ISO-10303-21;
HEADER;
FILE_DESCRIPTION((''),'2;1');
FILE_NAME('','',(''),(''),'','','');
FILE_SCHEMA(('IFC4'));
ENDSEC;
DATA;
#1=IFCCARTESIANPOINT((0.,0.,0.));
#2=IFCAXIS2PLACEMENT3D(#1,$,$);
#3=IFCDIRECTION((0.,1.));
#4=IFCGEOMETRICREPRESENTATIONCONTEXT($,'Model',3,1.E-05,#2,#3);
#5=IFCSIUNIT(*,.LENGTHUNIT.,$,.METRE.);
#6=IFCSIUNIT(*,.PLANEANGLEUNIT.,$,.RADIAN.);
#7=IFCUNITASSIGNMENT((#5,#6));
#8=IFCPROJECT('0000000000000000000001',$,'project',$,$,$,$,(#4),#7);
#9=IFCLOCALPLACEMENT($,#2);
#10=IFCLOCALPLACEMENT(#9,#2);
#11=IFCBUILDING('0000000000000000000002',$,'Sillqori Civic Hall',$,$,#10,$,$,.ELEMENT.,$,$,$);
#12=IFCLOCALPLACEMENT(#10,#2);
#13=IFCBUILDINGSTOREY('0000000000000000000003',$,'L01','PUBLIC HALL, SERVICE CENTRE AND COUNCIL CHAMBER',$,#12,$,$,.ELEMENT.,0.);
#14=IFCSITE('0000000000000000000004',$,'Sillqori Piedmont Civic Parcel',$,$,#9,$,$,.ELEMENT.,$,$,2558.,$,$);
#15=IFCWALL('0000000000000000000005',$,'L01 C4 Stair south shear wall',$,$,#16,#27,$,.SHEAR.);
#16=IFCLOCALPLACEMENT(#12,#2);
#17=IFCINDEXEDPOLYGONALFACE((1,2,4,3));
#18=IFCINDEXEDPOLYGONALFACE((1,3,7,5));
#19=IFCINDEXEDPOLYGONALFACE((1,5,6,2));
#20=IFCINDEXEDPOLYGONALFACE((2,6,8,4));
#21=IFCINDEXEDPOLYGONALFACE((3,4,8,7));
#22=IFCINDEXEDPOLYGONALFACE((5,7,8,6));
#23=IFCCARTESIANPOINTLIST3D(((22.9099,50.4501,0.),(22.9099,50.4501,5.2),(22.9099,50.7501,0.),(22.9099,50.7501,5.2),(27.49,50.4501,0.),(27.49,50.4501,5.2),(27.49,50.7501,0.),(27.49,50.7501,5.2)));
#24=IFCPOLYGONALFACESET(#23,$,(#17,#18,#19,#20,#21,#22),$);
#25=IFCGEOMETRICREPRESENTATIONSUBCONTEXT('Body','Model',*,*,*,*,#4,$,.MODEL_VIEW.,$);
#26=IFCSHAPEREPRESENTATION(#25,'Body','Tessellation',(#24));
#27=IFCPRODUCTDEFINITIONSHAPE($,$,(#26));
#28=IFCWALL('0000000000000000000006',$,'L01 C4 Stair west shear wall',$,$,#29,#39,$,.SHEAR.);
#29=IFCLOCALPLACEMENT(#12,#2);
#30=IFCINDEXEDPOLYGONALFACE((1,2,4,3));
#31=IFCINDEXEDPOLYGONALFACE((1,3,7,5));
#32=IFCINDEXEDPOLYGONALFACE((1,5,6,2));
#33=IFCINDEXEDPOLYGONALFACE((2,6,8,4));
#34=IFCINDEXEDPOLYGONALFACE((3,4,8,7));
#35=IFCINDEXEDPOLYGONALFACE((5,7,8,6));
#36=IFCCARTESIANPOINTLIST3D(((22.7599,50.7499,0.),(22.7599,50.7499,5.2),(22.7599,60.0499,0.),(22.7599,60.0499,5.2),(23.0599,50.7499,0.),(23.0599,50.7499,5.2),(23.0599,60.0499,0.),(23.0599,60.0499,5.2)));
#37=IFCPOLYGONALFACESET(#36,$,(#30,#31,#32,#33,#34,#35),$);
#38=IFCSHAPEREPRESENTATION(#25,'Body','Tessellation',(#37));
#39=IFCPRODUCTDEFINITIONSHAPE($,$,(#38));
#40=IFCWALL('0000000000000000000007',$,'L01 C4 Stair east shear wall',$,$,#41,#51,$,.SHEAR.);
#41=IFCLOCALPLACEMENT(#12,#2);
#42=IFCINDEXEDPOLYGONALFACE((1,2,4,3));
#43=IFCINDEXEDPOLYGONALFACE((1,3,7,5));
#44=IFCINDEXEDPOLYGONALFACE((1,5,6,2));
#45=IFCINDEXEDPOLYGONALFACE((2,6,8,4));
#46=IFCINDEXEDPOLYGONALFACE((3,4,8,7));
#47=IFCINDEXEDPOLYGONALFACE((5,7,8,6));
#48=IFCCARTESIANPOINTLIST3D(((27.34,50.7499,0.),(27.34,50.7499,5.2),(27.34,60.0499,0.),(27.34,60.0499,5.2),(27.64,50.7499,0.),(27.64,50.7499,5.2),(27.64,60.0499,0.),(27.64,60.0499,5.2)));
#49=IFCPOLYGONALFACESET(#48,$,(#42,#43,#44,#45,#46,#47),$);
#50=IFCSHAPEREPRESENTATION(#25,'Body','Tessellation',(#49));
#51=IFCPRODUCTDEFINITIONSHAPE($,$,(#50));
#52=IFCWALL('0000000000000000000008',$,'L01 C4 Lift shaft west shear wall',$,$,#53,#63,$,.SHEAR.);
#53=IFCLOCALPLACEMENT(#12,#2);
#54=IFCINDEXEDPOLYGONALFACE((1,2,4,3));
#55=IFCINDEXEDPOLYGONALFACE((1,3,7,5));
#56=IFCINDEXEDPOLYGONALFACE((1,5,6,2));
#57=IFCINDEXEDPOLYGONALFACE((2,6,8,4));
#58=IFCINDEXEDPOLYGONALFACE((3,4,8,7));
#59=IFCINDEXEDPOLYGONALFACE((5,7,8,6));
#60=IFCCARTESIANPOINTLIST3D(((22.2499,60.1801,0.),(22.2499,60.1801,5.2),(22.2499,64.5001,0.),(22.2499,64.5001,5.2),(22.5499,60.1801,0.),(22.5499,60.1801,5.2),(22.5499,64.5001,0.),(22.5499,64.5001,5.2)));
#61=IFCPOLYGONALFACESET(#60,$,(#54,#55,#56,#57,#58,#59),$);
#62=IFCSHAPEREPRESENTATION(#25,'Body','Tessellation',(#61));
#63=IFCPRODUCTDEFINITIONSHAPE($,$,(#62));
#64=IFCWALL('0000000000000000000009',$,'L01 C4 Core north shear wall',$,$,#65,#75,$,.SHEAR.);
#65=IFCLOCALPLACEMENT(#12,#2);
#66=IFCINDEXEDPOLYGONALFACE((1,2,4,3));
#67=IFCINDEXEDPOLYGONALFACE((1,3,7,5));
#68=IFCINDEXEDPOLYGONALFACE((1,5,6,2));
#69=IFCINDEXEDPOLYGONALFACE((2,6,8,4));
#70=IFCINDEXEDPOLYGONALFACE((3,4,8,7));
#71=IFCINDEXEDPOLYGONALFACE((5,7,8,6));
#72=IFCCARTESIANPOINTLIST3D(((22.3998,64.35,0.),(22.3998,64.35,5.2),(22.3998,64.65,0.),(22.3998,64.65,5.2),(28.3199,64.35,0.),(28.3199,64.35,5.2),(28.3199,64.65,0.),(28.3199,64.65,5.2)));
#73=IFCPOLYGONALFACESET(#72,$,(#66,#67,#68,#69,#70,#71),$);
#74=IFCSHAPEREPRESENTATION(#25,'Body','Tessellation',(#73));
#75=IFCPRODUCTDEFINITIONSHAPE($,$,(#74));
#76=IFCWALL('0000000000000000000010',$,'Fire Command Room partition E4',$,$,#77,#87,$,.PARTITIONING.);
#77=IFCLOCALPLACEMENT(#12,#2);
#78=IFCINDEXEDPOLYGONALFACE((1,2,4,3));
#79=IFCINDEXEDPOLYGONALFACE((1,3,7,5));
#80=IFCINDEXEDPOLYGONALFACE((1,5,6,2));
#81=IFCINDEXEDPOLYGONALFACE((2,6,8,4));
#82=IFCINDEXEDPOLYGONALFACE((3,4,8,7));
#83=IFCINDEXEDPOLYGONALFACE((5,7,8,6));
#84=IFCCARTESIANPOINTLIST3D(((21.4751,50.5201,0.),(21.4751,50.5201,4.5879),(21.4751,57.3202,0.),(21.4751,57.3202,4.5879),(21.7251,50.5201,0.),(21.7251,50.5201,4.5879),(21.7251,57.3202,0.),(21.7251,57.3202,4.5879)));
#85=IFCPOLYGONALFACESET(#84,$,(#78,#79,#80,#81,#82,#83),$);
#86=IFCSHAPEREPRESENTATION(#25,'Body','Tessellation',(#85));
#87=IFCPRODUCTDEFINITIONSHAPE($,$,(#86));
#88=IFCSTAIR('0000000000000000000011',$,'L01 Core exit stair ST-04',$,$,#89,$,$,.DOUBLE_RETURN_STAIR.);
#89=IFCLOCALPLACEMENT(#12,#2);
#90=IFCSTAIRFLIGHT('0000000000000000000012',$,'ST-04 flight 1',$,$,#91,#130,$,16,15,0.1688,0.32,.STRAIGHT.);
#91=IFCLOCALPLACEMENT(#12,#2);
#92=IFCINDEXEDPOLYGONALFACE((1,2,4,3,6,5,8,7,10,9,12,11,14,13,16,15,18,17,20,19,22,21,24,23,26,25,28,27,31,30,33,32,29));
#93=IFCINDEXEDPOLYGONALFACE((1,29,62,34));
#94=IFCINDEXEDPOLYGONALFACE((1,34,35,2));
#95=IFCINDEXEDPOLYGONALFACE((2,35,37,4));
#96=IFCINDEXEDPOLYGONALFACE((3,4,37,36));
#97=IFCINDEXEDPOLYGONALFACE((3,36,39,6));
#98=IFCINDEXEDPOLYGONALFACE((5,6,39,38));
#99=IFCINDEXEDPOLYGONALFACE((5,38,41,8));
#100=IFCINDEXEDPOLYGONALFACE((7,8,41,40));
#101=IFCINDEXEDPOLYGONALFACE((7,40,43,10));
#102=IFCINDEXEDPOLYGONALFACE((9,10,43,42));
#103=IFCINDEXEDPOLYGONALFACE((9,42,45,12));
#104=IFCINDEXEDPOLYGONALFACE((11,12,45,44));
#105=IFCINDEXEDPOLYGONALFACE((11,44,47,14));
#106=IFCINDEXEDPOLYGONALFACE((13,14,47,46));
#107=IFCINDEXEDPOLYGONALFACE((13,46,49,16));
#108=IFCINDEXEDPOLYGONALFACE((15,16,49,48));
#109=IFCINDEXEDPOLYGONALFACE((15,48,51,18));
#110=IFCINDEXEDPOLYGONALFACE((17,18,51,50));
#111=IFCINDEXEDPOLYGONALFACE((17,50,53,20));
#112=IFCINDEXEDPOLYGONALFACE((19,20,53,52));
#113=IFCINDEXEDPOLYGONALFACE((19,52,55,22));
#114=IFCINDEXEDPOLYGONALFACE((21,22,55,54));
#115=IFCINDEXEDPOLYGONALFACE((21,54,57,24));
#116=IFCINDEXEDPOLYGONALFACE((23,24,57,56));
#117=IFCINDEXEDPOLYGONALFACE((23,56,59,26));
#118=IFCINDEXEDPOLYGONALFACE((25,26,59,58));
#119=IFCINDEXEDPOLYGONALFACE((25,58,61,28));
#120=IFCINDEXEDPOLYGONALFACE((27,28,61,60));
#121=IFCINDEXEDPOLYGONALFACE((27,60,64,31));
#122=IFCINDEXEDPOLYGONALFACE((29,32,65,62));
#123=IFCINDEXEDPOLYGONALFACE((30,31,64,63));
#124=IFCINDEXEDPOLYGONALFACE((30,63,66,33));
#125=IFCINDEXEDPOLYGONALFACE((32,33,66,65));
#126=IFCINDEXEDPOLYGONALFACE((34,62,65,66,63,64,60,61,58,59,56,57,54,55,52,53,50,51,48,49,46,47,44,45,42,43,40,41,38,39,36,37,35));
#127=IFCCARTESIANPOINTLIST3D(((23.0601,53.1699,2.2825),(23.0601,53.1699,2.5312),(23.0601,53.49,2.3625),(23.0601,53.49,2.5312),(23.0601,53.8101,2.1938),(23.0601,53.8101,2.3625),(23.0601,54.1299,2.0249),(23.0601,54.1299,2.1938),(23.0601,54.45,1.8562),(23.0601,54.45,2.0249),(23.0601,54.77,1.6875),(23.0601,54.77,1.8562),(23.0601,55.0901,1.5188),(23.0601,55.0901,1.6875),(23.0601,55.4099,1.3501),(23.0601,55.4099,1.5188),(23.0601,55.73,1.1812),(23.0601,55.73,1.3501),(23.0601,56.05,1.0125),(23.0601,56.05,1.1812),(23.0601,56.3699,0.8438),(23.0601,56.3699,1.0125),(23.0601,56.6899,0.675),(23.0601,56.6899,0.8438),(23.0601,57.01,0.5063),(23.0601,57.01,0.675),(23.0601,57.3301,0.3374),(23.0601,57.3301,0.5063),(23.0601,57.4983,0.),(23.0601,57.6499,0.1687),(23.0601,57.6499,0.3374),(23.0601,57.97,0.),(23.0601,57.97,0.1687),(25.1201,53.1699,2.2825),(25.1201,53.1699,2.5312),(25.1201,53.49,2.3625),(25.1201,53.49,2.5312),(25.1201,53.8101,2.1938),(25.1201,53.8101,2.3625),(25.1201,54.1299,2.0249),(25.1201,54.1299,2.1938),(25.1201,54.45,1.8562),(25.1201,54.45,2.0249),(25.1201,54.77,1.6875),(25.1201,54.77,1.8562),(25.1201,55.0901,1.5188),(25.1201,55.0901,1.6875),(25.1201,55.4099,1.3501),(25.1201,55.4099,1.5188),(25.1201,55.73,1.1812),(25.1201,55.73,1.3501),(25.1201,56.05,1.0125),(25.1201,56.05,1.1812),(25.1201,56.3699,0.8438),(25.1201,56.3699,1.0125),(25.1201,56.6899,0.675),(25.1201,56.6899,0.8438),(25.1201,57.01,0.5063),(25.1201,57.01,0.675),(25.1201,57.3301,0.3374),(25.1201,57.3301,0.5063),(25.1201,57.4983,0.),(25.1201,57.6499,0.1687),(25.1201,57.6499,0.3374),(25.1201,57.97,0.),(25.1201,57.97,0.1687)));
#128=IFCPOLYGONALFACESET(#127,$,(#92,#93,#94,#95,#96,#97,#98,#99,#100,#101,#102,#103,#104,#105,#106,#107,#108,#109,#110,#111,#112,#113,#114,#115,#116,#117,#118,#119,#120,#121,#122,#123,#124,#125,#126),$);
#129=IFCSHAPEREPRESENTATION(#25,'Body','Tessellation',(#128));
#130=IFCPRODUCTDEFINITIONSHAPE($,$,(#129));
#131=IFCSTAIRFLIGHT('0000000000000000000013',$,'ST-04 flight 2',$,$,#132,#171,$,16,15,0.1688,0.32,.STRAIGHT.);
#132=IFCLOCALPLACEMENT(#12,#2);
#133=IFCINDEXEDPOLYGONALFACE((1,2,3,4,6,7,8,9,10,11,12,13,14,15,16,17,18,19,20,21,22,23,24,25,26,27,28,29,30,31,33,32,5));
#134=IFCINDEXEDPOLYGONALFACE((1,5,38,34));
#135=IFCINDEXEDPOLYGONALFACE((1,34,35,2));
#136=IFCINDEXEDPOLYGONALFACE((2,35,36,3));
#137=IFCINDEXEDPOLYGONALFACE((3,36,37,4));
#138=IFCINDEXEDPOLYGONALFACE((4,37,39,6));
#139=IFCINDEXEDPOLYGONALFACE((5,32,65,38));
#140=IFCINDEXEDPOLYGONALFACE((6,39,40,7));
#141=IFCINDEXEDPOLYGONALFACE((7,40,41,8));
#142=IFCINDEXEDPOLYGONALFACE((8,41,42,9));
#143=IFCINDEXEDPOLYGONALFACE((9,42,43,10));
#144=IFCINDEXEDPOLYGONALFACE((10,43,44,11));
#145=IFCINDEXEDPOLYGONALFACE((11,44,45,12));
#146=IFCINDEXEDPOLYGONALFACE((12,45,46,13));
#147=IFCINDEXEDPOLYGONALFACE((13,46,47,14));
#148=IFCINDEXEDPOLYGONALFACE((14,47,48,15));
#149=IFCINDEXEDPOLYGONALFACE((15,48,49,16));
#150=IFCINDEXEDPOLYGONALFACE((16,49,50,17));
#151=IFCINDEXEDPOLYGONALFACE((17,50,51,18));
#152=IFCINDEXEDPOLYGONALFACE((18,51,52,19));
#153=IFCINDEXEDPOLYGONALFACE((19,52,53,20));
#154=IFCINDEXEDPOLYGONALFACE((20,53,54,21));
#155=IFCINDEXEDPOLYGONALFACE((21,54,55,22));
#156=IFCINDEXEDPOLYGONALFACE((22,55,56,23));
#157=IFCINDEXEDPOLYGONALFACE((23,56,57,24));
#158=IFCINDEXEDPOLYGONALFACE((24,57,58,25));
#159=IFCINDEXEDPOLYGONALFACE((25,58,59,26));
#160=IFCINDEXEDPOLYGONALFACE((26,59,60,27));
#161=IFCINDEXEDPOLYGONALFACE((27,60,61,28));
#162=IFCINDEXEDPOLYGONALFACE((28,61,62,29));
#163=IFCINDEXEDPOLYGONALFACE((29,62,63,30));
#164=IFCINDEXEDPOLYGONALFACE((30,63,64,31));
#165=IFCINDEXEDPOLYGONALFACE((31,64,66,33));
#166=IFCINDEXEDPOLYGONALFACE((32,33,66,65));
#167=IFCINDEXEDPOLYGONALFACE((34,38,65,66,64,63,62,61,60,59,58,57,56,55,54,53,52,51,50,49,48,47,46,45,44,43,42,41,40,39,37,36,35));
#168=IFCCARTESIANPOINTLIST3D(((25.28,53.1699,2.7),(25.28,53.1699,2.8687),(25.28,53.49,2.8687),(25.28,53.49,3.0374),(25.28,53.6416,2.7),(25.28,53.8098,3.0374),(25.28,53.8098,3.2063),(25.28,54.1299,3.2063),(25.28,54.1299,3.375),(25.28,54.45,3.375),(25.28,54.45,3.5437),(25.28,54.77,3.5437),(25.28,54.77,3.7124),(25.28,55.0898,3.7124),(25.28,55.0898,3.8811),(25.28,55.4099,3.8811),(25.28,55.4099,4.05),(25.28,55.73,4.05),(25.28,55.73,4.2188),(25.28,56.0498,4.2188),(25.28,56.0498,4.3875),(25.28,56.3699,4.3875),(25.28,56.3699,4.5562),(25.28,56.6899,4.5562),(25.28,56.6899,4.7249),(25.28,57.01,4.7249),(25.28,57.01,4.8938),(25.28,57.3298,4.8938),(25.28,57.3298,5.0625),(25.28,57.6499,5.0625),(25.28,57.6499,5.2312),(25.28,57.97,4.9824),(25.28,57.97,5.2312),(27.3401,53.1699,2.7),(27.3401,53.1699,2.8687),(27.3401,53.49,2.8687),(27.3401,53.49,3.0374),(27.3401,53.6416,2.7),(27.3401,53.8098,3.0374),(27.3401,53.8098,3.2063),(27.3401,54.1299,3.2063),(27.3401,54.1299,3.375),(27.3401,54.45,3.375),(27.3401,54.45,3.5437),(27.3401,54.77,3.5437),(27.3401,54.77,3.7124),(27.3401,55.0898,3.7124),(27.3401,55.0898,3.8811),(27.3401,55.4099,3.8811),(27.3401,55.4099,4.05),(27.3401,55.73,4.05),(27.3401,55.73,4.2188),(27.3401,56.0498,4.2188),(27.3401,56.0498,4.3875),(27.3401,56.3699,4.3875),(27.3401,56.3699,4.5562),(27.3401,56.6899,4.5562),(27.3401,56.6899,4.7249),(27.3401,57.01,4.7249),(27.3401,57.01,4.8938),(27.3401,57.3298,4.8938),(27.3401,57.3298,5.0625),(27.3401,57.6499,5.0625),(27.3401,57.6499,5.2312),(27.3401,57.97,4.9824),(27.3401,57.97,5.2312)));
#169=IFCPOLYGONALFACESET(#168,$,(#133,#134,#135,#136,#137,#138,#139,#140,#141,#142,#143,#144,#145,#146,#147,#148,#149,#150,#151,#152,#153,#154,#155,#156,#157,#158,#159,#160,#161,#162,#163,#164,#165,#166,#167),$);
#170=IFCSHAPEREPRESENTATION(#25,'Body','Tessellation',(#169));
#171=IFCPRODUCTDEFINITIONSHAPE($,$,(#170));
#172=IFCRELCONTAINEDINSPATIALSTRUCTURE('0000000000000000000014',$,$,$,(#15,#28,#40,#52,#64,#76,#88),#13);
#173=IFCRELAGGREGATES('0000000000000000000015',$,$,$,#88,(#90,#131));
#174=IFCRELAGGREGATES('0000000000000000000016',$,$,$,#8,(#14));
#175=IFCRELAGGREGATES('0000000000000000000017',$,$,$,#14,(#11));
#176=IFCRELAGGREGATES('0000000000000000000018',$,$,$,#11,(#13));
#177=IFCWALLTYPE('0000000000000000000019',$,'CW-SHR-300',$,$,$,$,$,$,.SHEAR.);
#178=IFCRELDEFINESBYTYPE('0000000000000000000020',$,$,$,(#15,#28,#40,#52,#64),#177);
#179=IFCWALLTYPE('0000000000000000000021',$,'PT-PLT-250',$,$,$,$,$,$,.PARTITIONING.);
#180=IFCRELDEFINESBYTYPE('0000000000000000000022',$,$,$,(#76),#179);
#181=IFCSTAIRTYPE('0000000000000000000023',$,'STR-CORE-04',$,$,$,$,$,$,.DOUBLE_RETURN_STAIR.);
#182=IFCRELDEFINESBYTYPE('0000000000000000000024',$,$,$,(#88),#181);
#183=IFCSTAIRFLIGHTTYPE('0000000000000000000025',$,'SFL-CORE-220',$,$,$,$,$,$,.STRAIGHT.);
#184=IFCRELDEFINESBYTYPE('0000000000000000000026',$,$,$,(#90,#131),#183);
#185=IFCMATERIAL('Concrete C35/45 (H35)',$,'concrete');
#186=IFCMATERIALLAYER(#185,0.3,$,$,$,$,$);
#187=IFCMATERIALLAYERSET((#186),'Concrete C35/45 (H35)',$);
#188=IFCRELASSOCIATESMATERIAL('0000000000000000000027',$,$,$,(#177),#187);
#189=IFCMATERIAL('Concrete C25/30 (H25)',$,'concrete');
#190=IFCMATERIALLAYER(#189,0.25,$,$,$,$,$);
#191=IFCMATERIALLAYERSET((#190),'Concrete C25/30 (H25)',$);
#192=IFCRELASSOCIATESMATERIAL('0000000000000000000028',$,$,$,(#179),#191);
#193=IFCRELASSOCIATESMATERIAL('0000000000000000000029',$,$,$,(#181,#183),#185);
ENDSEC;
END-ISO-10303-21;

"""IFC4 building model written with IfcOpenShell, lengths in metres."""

from ifc_helpers import new_model, si_unit, direction, frame, frame_2d, origin, place, context, subcontext, project, spatial, polyline, rectangle, outline, extrude, material, layer, layer_set, type_object, element, aggregate, save


model = new_model("IFC4")

# Units and contexts
model_context = context("Model", 3, precision=1e-05, world=origin(), true_north=direction((0.0, 1.0)))
body_context = subcontext(model_context, "Body", "Model", "MODEL_VIEW")
ifc_project = project(units=[si_unit("LENGTHUNIT", "METRE"), si_unit("PLANEANGLEUNIT", "RADIAN")], contexts=[model_context])

# Site, building, storey
site_placement = place(None, origin())
site = spatial("IfcSite", under=ifc_project, at=site_placement, Name="Sillqori Piedmont Civic Parcel", CompositionType="ELEMENT", RefElevation=2558.0)
building_placement = place(site_placement, origin())
building = spatial("IfcBuilding", under=site, at=building_placement, Name="Sillqori Civic Hall", CompositionType="ELEMENT")
storey_placement = place(building_placement, origin())
storey = spatial("IfcBuildingStorey", under=building, at=storey_placement, Name="L01", Description="PUBLIC HALL, SERVICE CENTRE AND COUNCIL CHAMBER", CompositionType="ELEMENT", Elevation=0.0)

# Shared definitions
ifc_material_1 = material(Name="Concrete C35/45 (H35)", Category="concrete")

# Walls
ifc_layer_1 = layer(ifc_material_1, 0.3)
ifc_layer_set_1 = layer_set([ifc_layer_1], Name="Concrete C35/45 (H35)")
wall_type_1 = type_object("IfcWallType", Name="CW-SHR-300", PredefinedType="SHEAR", material=ifc_layer_set_1)
wall_1_placement = place(storey_placement, frame((22.9099, 50.6001, 0.0), z_axis=(0.0, 0.0, 1.0), x_axis=(1.0, 0.0, 0.0)))
element("IfcWall", 1, at=wall_1_placement, inside=storey, type_object=wall_type_1, Name="L01 C4 Stair south shear wall", PredefinedType="SHEAR", context=body_context, shape_type="SweptSolid", body=[
    extrude(rectangle(XDim=4.5801, YDim=0.3, at=frame_2d((2.29, 0.0))), origin(), (0.0, 0.0, 1.0), 5.2),
])
for number, where, z_axis, x_axis, name in (
    (2, (22.9099, 50.75, 0.0), (0.0, 0.0, 1.0), (0.0, 1.0, 0.0), "L01 C4 Stair west shear wall"),
    (3, (27.49, 50.75, 0.0), (0.0, 0.0, 1.0), (0.0, 1.0, 0.0), "L01 C4 Stair east shear wall"),
):
    element("IfcWall", number, at=place(storey_placement, frame(where, z_axis=z_axis, x_axis=x_axis)), inside=storey, type_object=wall_type_1, Name=name, PredefinedType="SHEAR", context=body_context, shape_type="SweptSolid", body=[
        extrude(rectangle(XDim=9.3, YDim=0.3, at=frame_2d((4.6499, 0.0))), origin(), (0.0, 0.0, 1.0), 5.2),
    ])
wall_2_placement = place(storey_placement, frame((22.3999, 60.1799, 0.0), z_axis=(0.0, 0.0, 1.0), x_axis=(0.0, 1.0, 0.0)))
element("IfcWall", 4, at=wall_2_placement, inside=storey, type_object=wall_type_1, Name="L01 C4 Lift shaft west shear wall", PredefinedType="SHEAR", context=body_context, shape_type="SweptSolid", body=[
    extrude(rectangle(XDim=4.3201, YDim=0.3, at=frame_2d((2.1602, 0.0))), origin(), (0.0, 0.0, 1.0), 5.2),
])
wall_3_placement = place(storey_placement, frame((22.3999, 64.5, 0.0), z_axis=(0.0, 0.0, 1.0), x_axis=(1.0, 0.0, 0.0)))
element("IfcWall", 5, at=wall_3_placement, inside=storey, type_object=wall_type_1, Name="L01 C4 Core north shear wall", PredefinedType="SHEAR", context=body_context, shape_type="SweptSolid", body=[
    extrude(rectangle(XDim=5.9202, YDim=0.3, at=frame_2d((2.96, 0.0))), origin(), (0.0, 0.0, 1.0), 5.2),
])
ifc_material_2 = material(Name="Concrete C25/30 (H25)", Category="concrete")
ifc_layer_2 = layer(ifc_material_2, 0.25)
ifc_layer_set_2 = layer_set([ifc_layer_2], Name="Concrete C25/30 (H25)")
wall_type_2 = type_object("IfcWallType", Name="PT-PLT-250", PredefinedType="PARTITIONING", material=ifc_layer_set_2)
wall_4_placement = place(storey_placement, frame((21.6001, 57.3201, 0.0), z_axis=(0.0, 0.0, 1.0), x_axis=(0.0, -1.0, 0.0)))
element("IfcWall", 6, at=wall_4_placement, inside=storey, type_object=wall_type_2, Name="Fire Command Room partition E4", PredefinedType="PARTITIONING", context=body_context, shape_type="SweptSolid", body=[
    extrude(rectangle(XDim=6.8, YDim=0.25, at=frame_2d((3.3999, 0.0))), origin(), (0.0, 0.0, 1.0), 4.5879),
])

# Stair, stair flights
stair_type = type_object("IfcStairType", Name="STR-CORE-04", PredefinedType="DOUBLE_RETURN_STAIR", material=ifc_material_1)
stair_placement = place(storey_placement, origin())
stair = element("IfcStair", 7, at=stair_placement, inside=storey, type_object=stair_type, Name="L01 Core exit stair ST-04", PredefinedType="DOUBLE_RETURN_STAIR")
stair_flight_type = type_object("IfcStairFlightType", Name="SFL-CORE-220", PredefinedType="STRAIGHT", material=ifc_material_1)
stair_flight_1_placement = place(storey_placement, frame((24.0901, 57.97, 0.0), z_axis=(0.0, 0.0, 1.0), x_axis=(0.0, -1.0, 0.0)))
stair_flight_1 = element("IfcStairFlight", 8, at=stair_flight_1_placement, type_object=stair_flight_type, Name="ST-04 flight 1", NumberOfRisers=16, NumberOfTreads=15, PredefinedType="STRAIGHT", RiserHeight=0.1688, TreadLength=0.32, context=body_context, shape_type="SweptSolid", body=[
    extrude(outline(polyline([(0.0, 0.0), (0.0, 0.1687), (0.3201, 0.1687), (0.3201, 0.3374), (0.6399, 0.3374), (0.6399, 0.5063), (0.96, 0.5063), (0.96, 0.675), (1.28, 0.675), (1.28, 0.8438), (1.6001, 0.8438), (1.6001, 1.0125), (1.9199, 1.0125), (1.9199, 1.1812), (2.24, 1.1812), (2.24, 1.3501), (2.5601, 1.3501), (2.5601, 1.5188), (2.8799, 1.5188), (2.8799, 1.6875), (3.2, 1.6875), (3.2, 1.8562), (3.52, 1.8562), (3.52, 2.0249), (3.8401, 2.0249), (3.8401, 2.1938), (4.1599, 2.1938), (4.1599, 2.3625), (4.48, 2.3625), (4.48, 2.5312), (4.8, 2.5312), (4.8, 2.7), (4.8, 2.2825), (0.4717, 0.0), (0.0, 0.0)])), frame((0.0, 1.03, 0.0), z_axis=(0.0, -1.0, 0.0), x_axis=(1.0, 0.0, 0.0)), (0.0, 0.0, 1.0), 2.0601),
])
stair_flight_2_placement = place(storey_placement, frame((26.3101, 53.1699, 2.7), z_axis=(0.0, 0.0, 1.0), x_axis=(0.0, 1.0, 0.0)))
stair_flight_2 = element("IfcStairFlight", 9, at=stair_flight_2_placement, type_object=stair_flight_type, Name="ST-04 flight 2", NumberOfRisers=16, NumberOfTreads=15, PredefinedType="STRAIGHT", RiserHeight=0.1688, TreadLength=0.32, context=body_context, shape_type="SweptSolid", body=[
    extrude(outline(polyline([(0.0, 0.0), (0.0, 0.1687), (0.3201, 0.1687), (0.3201, 0.3374), (0.6399, 0.3374), (0.6399, 0.5063), (0.96, 0.5063), (0.96, 0.675), (1.28, 0.675), (1.28, 0.8438), (1.6001, 0.8438), (1.6001, 1.0125), (1.9199, 1.0125), (1.9199, 1.1812), (2.24, 1.1812), (2.24, 1.3501), (2.5601, 1.3501), (2.5601, 1.5188), (2.8799, 1.5188), (2.8799, 1.6875), (3.2, 1.6875), (3.2, 1.8562), (3.52, 1.8562), (3.52, 2.0249), (3.8401, 2.0249), (3.8401, 2.1938), (4.1599, 2.1938), (4.1599, 2.3625), (4.48, 2.3625), (4.48, 2.5312), (4.8, 2.5312), (4.8, 2.7), (4.8, 2.2825), (0.4717, 0.0), (0.0, 0.0)])), frame((0.0, 1.03, 0.0), z_axis=(0.0, -1.0, 0.0), x_axis=(1.0, 0.0, 0.0)), (0.0, 0.0, 1.0), 2.0601),
])
aggregate(stair, [stair_flight_1, stair_flight_2])

save(model, "model.ifc")
